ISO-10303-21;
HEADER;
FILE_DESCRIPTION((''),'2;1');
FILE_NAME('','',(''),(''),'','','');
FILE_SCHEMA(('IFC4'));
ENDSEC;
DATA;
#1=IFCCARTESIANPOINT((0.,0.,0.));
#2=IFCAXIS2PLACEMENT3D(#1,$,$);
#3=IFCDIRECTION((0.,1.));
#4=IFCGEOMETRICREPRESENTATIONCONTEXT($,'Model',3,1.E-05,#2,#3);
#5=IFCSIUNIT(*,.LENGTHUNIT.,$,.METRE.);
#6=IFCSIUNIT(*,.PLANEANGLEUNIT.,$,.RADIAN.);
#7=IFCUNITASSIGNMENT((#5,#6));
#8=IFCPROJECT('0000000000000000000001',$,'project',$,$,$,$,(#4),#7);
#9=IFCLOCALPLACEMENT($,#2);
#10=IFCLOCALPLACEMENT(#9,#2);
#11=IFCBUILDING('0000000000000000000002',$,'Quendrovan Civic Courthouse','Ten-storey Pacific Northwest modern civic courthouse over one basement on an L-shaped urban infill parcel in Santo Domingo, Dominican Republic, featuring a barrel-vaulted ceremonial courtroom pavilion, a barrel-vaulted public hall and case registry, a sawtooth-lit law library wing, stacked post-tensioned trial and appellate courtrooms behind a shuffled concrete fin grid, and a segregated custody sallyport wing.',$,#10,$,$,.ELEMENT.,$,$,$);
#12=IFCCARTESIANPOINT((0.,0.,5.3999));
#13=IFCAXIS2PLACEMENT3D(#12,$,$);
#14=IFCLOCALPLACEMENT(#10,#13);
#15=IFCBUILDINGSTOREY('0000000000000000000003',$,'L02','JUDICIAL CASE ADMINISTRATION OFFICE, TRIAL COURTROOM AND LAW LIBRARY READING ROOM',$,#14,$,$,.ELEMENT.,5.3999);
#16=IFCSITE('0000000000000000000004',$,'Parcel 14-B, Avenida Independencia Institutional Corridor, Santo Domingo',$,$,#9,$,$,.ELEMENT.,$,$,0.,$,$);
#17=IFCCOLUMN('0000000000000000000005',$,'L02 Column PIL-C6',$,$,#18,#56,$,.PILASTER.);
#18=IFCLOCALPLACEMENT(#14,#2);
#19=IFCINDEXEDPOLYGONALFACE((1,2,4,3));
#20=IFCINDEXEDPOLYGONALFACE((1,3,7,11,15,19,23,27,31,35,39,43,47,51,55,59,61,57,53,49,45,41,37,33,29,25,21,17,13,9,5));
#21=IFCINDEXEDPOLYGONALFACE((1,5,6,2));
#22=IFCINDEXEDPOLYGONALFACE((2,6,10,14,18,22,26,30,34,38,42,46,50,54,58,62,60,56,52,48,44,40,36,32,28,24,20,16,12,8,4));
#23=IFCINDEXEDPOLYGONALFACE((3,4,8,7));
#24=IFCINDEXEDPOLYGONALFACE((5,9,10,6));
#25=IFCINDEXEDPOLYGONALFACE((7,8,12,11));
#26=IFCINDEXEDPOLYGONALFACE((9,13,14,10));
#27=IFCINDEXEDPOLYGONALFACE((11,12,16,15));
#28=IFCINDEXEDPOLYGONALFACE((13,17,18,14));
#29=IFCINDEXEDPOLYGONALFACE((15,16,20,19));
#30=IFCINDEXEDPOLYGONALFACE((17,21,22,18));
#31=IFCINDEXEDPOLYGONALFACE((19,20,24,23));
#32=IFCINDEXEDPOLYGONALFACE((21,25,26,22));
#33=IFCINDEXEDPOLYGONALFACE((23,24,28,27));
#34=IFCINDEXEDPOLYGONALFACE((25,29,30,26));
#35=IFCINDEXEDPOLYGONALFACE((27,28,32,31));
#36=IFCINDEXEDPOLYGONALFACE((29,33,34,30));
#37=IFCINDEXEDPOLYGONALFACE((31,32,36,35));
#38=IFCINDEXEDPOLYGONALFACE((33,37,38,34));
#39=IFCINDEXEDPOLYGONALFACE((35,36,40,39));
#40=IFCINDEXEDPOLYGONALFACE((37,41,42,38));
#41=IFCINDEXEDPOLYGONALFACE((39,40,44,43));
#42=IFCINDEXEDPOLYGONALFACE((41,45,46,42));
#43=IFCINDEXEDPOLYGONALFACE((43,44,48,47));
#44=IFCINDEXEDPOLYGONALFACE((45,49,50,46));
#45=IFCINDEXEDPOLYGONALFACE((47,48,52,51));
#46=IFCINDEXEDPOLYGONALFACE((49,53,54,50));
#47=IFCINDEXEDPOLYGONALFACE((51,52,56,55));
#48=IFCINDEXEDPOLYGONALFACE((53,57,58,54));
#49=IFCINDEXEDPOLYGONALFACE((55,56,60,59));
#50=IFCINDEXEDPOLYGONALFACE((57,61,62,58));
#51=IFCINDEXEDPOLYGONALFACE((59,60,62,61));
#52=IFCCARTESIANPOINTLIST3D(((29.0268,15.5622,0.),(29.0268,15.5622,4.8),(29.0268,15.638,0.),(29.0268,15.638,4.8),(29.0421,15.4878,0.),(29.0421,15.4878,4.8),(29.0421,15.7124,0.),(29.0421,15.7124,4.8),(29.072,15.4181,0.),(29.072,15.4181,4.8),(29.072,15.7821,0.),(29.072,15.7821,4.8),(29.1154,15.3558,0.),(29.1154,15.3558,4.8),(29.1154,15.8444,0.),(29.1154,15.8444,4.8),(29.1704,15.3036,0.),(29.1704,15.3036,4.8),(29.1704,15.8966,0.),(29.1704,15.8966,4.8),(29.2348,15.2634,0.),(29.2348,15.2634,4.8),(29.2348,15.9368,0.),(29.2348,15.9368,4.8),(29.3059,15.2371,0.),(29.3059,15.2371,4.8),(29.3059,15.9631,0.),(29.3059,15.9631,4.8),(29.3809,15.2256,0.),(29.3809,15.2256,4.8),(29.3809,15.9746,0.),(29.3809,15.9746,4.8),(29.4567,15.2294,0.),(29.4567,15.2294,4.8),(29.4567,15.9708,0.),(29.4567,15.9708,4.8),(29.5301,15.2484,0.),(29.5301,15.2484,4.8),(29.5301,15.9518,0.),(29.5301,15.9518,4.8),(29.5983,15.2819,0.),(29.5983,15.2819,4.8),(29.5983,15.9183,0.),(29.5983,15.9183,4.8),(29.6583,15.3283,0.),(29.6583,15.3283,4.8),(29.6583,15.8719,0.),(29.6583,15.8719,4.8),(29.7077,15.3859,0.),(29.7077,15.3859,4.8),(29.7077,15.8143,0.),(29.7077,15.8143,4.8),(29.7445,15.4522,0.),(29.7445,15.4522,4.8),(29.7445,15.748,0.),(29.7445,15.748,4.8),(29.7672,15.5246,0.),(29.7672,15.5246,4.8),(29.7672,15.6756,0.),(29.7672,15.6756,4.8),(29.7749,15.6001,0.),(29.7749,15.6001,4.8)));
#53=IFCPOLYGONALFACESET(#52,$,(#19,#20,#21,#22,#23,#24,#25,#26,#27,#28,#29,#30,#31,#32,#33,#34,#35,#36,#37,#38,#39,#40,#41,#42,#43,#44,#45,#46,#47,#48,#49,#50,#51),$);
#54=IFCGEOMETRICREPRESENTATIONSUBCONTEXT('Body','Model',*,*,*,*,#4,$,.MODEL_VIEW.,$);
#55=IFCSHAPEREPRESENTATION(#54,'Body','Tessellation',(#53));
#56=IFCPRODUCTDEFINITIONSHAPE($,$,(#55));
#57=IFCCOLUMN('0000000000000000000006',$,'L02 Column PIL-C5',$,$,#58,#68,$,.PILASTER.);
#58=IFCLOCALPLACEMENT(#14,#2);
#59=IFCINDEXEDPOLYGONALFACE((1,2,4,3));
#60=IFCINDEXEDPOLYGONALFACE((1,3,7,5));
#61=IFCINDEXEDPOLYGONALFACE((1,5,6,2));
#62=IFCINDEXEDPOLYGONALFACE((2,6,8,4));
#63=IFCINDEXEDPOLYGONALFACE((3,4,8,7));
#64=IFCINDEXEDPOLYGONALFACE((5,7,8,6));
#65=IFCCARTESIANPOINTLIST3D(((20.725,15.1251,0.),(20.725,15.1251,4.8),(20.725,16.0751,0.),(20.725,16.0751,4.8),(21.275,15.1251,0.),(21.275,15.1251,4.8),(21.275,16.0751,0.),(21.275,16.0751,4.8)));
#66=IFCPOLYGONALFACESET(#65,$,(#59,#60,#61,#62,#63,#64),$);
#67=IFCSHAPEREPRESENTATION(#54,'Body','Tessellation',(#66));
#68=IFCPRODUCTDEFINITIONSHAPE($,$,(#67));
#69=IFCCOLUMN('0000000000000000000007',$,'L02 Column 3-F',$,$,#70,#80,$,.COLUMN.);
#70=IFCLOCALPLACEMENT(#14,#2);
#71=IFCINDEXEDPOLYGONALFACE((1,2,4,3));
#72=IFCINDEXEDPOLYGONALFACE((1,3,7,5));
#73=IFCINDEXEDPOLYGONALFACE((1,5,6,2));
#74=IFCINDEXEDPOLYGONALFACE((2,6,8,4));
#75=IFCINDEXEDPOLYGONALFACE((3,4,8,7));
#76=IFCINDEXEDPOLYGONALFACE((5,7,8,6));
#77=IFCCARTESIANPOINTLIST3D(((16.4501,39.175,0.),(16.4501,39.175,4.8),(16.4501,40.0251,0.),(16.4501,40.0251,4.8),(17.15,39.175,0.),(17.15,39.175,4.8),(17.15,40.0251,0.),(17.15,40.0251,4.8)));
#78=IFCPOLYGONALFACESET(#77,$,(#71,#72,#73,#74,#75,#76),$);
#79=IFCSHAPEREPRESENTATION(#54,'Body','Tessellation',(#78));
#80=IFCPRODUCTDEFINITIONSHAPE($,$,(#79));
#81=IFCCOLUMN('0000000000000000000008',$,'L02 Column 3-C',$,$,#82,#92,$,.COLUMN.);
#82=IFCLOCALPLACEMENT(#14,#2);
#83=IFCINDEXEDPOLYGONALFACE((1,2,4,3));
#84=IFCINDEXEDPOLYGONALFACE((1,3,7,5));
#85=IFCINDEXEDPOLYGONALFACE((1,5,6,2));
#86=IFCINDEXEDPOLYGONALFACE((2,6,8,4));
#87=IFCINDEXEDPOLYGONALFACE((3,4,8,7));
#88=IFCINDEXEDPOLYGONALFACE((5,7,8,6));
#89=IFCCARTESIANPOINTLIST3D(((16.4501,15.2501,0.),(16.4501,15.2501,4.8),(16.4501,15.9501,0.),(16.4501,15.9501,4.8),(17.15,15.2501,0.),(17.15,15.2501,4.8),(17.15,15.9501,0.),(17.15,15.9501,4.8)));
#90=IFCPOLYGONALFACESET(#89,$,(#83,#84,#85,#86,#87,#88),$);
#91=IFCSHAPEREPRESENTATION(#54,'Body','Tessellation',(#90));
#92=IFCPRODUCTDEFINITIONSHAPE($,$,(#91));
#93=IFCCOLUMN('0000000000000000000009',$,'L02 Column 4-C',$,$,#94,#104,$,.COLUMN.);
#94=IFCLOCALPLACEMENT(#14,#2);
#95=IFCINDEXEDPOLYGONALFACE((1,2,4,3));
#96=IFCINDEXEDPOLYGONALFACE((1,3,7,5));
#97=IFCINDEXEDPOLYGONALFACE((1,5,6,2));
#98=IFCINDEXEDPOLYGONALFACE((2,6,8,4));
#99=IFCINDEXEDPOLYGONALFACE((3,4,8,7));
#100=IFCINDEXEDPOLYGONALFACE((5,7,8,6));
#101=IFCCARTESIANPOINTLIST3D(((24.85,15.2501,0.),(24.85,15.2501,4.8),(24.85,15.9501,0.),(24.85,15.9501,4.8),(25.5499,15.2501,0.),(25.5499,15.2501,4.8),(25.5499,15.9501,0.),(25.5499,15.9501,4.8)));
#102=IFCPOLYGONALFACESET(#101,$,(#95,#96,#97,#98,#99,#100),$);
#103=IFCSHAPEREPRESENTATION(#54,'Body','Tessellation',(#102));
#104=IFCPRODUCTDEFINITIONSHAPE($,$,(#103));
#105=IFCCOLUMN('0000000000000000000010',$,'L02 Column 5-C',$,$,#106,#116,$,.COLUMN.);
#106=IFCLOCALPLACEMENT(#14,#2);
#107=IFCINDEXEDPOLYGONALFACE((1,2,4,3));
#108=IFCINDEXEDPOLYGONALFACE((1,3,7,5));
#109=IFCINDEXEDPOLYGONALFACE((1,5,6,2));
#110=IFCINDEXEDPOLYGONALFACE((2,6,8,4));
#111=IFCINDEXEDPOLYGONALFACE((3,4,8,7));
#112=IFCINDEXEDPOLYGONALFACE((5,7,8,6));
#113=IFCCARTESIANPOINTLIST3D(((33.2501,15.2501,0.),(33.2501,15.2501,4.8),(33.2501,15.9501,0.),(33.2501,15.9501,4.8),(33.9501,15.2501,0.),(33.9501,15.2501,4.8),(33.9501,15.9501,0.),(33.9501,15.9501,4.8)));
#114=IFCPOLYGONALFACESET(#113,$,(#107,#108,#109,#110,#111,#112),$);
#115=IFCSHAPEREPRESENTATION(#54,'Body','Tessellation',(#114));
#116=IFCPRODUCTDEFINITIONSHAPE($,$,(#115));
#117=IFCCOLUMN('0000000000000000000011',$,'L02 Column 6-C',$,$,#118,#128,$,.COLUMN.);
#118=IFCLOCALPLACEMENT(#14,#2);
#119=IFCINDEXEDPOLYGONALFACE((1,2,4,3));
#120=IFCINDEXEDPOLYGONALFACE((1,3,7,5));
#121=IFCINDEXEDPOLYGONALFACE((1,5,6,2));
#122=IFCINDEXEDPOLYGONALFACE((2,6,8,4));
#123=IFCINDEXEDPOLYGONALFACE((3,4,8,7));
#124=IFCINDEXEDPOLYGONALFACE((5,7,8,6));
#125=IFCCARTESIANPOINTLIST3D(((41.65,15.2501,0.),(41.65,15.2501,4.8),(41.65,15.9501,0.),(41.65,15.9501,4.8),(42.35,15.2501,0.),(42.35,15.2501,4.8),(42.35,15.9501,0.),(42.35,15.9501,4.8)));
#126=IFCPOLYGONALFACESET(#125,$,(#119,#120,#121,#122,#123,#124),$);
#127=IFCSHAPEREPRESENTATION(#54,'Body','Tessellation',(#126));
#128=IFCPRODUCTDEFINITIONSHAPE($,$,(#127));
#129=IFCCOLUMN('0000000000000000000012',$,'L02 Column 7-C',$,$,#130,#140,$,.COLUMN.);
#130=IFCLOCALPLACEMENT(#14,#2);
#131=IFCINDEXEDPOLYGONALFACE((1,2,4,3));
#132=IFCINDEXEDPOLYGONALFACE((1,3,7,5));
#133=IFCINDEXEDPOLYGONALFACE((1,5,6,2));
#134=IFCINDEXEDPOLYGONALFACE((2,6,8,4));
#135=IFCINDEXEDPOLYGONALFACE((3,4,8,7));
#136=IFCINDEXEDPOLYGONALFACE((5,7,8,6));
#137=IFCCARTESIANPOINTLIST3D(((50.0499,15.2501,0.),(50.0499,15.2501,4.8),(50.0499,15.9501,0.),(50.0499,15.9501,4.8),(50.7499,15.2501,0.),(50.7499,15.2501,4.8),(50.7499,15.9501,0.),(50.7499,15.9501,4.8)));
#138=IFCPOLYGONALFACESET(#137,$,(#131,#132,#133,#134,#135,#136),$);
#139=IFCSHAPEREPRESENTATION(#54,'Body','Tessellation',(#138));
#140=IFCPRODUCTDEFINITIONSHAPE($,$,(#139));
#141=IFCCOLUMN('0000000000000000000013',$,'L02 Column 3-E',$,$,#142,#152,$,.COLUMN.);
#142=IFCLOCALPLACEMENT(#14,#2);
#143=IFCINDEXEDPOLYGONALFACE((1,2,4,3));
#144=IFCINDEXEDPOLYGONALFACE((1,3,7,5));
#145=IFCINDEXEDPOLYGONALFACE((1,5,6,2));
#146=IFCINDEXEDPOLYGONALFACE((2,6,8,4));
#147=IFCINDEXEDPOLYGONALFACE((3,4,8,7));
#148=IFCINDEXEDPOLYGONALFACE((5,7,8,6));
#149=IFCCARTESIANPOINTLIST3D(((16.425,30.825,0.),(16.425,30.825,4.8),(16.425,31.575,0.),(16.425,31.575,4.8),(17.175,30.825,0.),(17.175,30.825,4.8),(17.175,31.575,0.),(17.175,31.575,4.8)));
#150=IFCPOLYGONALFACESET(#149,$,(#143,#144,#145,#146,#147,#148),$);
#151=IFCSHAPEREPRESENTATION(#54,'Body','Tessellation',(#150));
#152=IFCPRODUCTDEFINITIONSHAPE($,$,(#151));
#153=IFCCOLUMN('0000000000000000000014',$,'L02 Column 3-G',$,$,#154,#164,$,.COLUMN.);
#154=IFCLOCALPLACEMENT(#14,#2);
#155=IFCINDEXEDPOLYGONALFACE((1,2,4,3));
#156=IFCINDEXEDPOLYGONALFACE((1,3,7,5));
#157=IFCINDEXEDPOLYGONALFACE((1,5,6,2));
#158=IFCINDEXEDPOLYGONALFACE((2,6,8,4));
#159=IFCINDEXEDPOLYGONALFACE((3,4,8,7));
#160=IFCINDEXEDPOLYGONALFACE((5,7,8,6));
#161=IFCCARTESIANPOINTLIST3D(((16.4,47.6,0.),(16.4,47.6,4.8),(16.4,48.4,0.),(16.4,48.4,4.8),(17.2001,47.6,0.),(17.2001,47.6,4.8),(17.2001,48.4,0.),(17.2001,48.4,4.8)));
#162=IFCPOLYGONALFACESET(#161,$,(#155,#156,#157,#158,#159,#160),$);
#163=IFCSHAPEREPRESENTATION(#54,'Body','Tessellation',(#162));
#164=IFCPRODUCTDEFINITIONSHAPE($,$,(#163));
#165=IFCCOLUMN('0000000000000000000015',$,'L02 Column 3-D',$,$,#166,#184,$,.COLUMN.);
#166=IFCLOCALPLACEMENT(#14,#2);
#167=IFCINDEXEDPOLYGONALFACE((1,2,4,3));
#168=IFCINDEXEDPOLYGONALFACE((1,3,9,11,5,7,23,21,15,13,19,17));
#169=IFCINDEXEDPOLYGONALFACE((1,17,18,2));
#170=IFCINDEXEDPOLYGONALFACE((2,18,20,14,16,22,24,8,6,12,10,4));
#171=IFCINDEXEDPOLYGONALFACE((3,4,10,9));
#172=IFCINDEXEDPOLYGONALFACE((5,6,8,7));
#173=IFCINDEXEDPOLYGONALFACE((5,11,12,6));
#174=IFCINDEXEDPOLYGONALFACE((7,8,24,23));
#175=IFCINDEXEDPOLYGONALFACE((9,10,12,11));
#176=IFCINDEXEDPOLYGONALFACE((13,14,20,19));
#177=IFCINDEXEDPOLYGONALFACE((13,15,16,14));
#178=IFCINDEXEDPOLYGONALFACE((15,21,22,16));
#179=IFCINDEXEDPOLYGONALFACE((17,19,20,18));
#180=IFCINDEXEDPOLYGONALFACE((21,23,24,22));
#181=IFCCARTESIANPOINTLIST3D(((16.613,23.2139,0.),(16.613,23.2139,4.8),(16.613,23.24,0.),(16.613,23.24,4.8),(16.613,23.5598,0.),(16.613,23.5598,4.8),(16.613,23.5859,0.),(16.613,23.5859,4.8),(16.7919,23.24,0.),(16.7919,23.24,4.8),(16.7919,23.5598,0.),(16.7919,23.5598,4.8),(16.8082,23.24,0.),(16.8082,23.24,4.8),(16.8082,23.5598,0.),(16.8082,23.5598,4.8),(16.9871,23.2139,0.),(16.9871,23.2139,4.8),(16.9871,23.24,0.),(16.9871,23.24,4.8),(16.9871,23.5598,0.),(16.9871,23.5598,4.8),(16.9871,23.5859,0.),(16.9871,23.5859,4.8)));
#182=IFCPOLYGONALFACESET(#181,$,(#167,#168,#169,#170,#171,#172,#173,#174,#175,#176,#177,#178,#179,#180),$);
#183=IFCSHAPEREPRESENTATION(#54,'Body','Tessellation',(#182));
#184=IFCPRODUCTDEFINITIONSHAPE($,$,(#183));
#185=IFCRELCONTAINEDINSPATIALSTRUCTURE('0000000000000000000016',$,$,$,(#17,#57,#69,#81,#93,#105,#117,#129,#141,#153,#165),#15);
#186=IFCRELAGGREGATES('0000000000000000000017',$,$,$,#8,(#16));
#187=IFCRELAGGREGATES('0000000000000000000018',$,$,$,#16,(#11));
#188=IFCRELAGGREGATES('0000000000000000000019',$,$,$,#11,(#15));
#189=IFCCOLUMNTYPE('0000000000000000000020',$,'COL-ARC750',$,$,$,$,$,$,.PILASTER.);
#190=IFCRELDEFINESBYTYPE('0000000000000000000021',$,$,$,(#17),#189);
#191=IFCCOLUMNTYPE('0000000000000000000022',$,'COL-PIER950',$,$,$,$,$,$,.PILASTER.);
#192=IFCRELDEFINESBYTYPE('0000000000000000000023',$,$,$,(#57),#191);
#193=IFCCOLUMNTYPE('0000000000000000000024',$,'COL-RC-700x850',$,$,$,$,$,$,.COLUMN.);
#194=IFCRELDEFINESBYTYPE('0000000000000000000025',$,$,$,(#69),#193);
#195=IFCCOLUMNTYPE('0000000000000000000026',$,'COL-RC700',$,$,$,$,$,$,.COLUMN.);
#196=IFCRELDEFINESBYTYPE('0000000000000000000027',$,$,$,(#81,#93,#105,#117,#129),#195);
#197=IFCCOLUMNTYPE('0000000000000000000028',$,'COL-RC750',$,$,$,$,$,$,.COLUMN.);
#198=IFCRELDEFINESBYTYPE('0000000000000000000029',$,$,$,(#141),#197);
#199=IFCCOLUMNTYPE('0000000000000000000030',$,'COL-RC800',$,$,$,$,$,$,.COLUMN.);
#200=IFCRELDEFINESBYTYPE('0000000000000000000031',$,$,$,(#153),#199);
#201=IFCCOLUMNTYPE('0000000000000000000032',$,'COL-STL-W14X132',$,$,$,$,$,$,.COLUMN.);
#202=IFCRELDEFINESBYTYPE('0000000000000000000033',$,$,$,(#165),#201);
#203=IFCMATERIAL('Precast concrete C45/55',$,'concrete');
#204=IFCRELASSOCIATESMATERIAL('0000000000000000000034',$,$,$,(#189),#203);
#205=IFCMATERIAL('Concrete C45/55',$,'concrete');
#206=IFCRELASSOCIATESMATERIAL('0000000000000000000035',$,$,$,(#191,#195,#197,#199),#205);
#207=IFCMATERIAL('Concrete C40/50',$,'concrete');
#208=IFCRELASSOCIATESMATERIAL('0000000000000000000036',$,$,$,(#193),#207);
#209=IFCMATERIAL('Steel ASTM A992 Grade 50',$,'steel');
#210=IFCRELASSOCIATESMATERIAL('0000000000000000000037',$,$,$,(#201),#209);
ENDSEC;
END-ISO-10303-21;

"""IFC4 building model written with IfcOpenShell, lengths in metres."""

from ifc_helpers import new_model, si_unit, direction, frame, origin, origin_2d, place, context, subcontext, project, spatial, rectangle, circle, i_section, extrude, material, material_profile, profile_set, type_object, element, save


model = new_model("IFC4")

# Units and contexts
model_context = context("Model", 3, precision=1e-05, world=origin(), true_north=direction((0.0, 1.0)))
body_context = subcontext(model_context, "Body", "Model", "MODEL_VIEW")
ifc_project = project(units=[si_unit("LENGTHUNIT", "METRE"), si_unit("PLANEANGLEUNIT", "RADIAN")], contexts=[model_context])

# Site, building, storey
site_placement = place(None, origin())
site = spatial("IfcSite", under=ifc_project, at=site_placement, Name="Parcel 14-B, Avenida Independencia Institutional Corridor, Santo Domingo", CompositionType="ELEMENT", RefElevation=0.0)
building_placement = place(site_placement, origin())
building = spatial("IfcBuilding", under=site, at=building_placement, Name="Quendrovan Civic Courthouse", Description="Ten-storey Pacific Northwest modern civic courthouse over one basement on an L-shaped urban infill parcel in Santo Domingo, Dominican Republic, featuring a barrel-vaulted ceremonial courtroom pavilion, a barrel-vaulted public hall and case registry, a sawtooth-lit law library wing, stacked post-tensioned trial and appellate courtrooms behind a shuffled concrete fin grid, and a segregated custody sallyport wing.", CompositionType="ELEMENT")
storey_placement = place(building_placement, frame((0.0, 0.0, 5.3999)))
storey = spatial("IfcBuildingStorey", under=building, at=storey_placement, Name="L02", Description="JUDICIAL CASE ADMINISTRATION OFFICE, TRIAL COURTROOM AND LAW LIBRARY READING ROOM", CompositionType="ELEMENT", Elevation=5.3999)

# Columns
ifc_material_1 = material(Name="Precast concrete C45/55", Category="concrete")
ifc_material_profile_1 = material_profile(ifc_material_1, circle(Radius=0.375, at=origin_2d()), Name="RC-ARCADE-D750")
ifc_profile_set_1 = profile_set([ifc_material_profile_1], Name="Precast concrete C45/55")
column_type_1 = type_object("IfcColumnType", Name="COL-ARC750", PredefinedType="PILASTER", material=ifc_profile_set_1)
column_1_placement = place(storey_placement, frame((29.3999, 15.6001, 0.0), z_axis=(0.0, 0.0, 1.0), x_axis=(1.0, 0.0, 0.0)))
element("IfcColumn", 1, at=column_1_placement, inside=storey, type_object=column_type_1, Name="L02 Column PIL-C6", PredefinedType="PILASTER", context=body_context, shape_type="SweptSolid", body=[
    extrude(circle(Radius=0.375, at=origin_2d()), origin(), (0.0, 0.0, 1.0), 4.8),
])
ifc_material_2 = material(Name="Concrete C45/55", Category="concrete")
ifc_material_profile_2 = material_profile(ifc_material_2, rectangle(XDim=0.55, YDim=0.95, at=origin_2d()), Name="RC-PIER-550x950")
ifc_profile_set_2 = profile_set([ifc_material_profile_2], Name="Concrete C45/55")
column_type_2 = type_object("IfcColumnType", Name="COL-PIER950", PredefinedType="PILASTER", material=ifc_profile_set_2)
column_2_placement = place(storey_placement, frame((21.0, 15.6001, 0.0), z_axis=(0.0, 0.0, 1.0), x_axis=(1.0, 0.0, 0.0)))
element("IfcColumn", 2, at=column_2_placement, inside=storey, type_object=column_type_2, Name="L02 Column PIL-C5", PredefinedType="PILASTER", context=body_context, shape_type="SweptSolid", body=[
    extrude(rectangle(XDim=0.55, YDim=0.95, at=origin_2d()), origin(), (0.0, 0.0, 1.0), 4.8),
])
ifc_material_3 = material(Name="Concrete C40/50", Category="concrete")
ifc_material_profile_3 = material_profile(ifc_material_3, rectangle(XDim=0.7, YDim=0.8501, at=origin_2d()), Name="RC-COL-700x850")
ifc_profile_set_3 = profile_set([ifc_material_profile_3], Name="Concrete C40/50")
column_type_3 = type_object("IfcColumnType", Name="COL-RC-700x850", PredefinedType="COLUMN", material=ifc_profile_set_3)
column_3_placement = place(storey_placement, frame((16.8, 39.6001, 0.0), z_axis=(0.0, 0.0, 1.0), x_axis=(1.0, 0.0, 0.0)))
element("IfcColumn", 3, at=column_3_placement, inside=storey, type_object=column_type_3, Name="L02 Column 3-F", PredefinedType="COLUMN", context=body_context, shape_type="SweptSolid", body=[
    extrude(rectangle(XDim=0.7, YDim=0.8501, at=origin_2d()), origin(), (0.0, 0.0, 1.0), 4.8),
])
ifc_material_profile_4 = material_profile(ifc_material_2, rectangle(XDim=0.7, YDim=0.7, at=origin_2d()), Name="RC-COL-700x700")
ifc_profile_set_4 = profile_set([ifc_material_profile_4], Name="Concrete C45/55")
column_type_4 = type_object("IfcColumnType", Name="COL-RC700", PredefinedType="COLUMN", material=ifc_profile_set_4)
for number, where, z_axis, x_axis, name in (
    (4, (16.8, 15.6001, 0.0), (0.0, 0.0, 1.0), (1.0, 0.0, 0.0), "L02 Column 3-C"),
    (5, (25.2, 15.6001, 0.0), (0.0, 0.0, 1.0), (1.0, 0.0, 0.0), "L02 Column 4-C"),
    (6, (33.6001, 15.6001, 0.0), (0.0, 0.0, 1.0), (1.0, 0.0, 0.0), "L02 Column 5-C"),
    (7, (42.0, 15.6001, 0.0), (0.0, 0.0, 1.0), (1.0, 0.0, 0.0), "L02 Column 6-C"),
    (8, (50.3999, 15.6001, 0.0), (0.0, 0.0, 1.0), (1.0, 0.0, 0.0), "L02 Column 7-C"),
):
    element("IfcColumn", number, at=place(storey_placement, frame(where, z_axis=z_axis, x_axis=x_axis)), inside=storey, type_object=column_type_4, Name=name, PredefinedType="COLUMN", context=body_context, shape_type="SweptSolid", body=[
        extrude(rectangle(XDim=0.7, YDim=0.7, at=origin_2d()), origin(), (0.0, 0.0, 1.0), 4.8),
    ])
ifc_material_profile_5 = material_profile(ifc_material_2, rectangle(XDim=0.75, YDim=0.75, at=origin_2d()), Name="RC-COL-750x750")
ifc_profile_set_5 = profile_set([ifc_material_profile_5], Name="Concrete C45/55")
column_type_5 = type_object("IfcColumnType", Name="COL-RC750", PredefinedType="COLUMN", material=ifc_profile_set_5)
column_4_placement = place(storey_placement, frame((16.8, 31.2, 0.0), z_axis=(0.0, 0.0, 1.0), x_axis=(1.0, 0.0, 0.0)))
element("IfcColumn", 9, at=column_4_placement, inside=storey, type_object=column_type_5, Name="L02 Column 3-E", PredefinedType="COLUMN", context=body_context, shape_type="SweptSolid", body=[
    extrude(rectangle(XDim=0.75, YDim=0.75, at=origin_2d()), origin(), (0.0, 0.0, 1.0), 4.8),
])
ifc_material_profile_6 = material_profile(ifc_material_2, rectangle(XDim=0.8, YDim=0.8, at=origin_2d()), Name="RC-COL-800x800")
ifc_profile_set_6 = profile_set([ifc_material_profile_6], Name="Concrete C45/55")
column_type_6 = type_object("IfcColumnType", Name="COL-RC800", PredefinedType="COLUMN", material=ifc_profile_set_6)
column_5_placement = place(storey_placement, frame((16.8, 48.0, 0.0), z_axis=(0.0, 0.0, 1.0), x_axis=(1.0, 0.0, 0.0)))
element("IfcColumn", 10, at=column_5_placement, inside=storey, type_object=column_type_6, Name="L02 Column 3-G", PredefinedType="COLUMN", context=body_context, shape_type="SweptSolid", body=[
    extrude(rectangle(XDim=0.8, YDim=0.8, at=origin_2d()), origin(), (0.0, 0.0, 1.0), 4.8),
])
ifc_material_4 = material(Name="Steel ASTM A992 Grade 50", Category="steel")
ifc_material_profile_7 = material_profile(ifc_material_4, i_section(OverallWidth=0.374, OverallDepth=0.3721, WebThickness=0.0164, FlangeThickness=0.0261, at=origin_2d()), Name="W14X132")
ifc_profile_set_7 = profile_set([ifc_material_profile_7], Name="Steel ASTM A992 Grade 50")
column_type_7 = type_object("IfcColumnType", Name="COL-STL-W14X132", PredefinedType="COLUMN", material=ifc_profile_set_7)
for number, where, z_axis, x_axis, name in (
    (11, (16.8, 23.3999, 0.0), (0.0, 0.0, 1.0), (1.0, 0.0, 0.0), "L02 Column 3-D"),
):
    element("IfcColumn", number, at=place(storey_placement, frame(where, z_axis=z_axis, x_axis=x_axis)), inside=storey, type_object=column_type_7, Name=name, PredefinedType="COLUMN", context=body_context, shape_type="SweptSolid", body=[
        extrude(i_section(OverallWidth=0.374, OverallDepth=0.3721, WebThickness=0.0164, FlangeThickness=0.0261, at=origin_2d()), origin(), (0.0, 0.0, 1.0), 4.8),
    ])

save(model, "model.ifc")
